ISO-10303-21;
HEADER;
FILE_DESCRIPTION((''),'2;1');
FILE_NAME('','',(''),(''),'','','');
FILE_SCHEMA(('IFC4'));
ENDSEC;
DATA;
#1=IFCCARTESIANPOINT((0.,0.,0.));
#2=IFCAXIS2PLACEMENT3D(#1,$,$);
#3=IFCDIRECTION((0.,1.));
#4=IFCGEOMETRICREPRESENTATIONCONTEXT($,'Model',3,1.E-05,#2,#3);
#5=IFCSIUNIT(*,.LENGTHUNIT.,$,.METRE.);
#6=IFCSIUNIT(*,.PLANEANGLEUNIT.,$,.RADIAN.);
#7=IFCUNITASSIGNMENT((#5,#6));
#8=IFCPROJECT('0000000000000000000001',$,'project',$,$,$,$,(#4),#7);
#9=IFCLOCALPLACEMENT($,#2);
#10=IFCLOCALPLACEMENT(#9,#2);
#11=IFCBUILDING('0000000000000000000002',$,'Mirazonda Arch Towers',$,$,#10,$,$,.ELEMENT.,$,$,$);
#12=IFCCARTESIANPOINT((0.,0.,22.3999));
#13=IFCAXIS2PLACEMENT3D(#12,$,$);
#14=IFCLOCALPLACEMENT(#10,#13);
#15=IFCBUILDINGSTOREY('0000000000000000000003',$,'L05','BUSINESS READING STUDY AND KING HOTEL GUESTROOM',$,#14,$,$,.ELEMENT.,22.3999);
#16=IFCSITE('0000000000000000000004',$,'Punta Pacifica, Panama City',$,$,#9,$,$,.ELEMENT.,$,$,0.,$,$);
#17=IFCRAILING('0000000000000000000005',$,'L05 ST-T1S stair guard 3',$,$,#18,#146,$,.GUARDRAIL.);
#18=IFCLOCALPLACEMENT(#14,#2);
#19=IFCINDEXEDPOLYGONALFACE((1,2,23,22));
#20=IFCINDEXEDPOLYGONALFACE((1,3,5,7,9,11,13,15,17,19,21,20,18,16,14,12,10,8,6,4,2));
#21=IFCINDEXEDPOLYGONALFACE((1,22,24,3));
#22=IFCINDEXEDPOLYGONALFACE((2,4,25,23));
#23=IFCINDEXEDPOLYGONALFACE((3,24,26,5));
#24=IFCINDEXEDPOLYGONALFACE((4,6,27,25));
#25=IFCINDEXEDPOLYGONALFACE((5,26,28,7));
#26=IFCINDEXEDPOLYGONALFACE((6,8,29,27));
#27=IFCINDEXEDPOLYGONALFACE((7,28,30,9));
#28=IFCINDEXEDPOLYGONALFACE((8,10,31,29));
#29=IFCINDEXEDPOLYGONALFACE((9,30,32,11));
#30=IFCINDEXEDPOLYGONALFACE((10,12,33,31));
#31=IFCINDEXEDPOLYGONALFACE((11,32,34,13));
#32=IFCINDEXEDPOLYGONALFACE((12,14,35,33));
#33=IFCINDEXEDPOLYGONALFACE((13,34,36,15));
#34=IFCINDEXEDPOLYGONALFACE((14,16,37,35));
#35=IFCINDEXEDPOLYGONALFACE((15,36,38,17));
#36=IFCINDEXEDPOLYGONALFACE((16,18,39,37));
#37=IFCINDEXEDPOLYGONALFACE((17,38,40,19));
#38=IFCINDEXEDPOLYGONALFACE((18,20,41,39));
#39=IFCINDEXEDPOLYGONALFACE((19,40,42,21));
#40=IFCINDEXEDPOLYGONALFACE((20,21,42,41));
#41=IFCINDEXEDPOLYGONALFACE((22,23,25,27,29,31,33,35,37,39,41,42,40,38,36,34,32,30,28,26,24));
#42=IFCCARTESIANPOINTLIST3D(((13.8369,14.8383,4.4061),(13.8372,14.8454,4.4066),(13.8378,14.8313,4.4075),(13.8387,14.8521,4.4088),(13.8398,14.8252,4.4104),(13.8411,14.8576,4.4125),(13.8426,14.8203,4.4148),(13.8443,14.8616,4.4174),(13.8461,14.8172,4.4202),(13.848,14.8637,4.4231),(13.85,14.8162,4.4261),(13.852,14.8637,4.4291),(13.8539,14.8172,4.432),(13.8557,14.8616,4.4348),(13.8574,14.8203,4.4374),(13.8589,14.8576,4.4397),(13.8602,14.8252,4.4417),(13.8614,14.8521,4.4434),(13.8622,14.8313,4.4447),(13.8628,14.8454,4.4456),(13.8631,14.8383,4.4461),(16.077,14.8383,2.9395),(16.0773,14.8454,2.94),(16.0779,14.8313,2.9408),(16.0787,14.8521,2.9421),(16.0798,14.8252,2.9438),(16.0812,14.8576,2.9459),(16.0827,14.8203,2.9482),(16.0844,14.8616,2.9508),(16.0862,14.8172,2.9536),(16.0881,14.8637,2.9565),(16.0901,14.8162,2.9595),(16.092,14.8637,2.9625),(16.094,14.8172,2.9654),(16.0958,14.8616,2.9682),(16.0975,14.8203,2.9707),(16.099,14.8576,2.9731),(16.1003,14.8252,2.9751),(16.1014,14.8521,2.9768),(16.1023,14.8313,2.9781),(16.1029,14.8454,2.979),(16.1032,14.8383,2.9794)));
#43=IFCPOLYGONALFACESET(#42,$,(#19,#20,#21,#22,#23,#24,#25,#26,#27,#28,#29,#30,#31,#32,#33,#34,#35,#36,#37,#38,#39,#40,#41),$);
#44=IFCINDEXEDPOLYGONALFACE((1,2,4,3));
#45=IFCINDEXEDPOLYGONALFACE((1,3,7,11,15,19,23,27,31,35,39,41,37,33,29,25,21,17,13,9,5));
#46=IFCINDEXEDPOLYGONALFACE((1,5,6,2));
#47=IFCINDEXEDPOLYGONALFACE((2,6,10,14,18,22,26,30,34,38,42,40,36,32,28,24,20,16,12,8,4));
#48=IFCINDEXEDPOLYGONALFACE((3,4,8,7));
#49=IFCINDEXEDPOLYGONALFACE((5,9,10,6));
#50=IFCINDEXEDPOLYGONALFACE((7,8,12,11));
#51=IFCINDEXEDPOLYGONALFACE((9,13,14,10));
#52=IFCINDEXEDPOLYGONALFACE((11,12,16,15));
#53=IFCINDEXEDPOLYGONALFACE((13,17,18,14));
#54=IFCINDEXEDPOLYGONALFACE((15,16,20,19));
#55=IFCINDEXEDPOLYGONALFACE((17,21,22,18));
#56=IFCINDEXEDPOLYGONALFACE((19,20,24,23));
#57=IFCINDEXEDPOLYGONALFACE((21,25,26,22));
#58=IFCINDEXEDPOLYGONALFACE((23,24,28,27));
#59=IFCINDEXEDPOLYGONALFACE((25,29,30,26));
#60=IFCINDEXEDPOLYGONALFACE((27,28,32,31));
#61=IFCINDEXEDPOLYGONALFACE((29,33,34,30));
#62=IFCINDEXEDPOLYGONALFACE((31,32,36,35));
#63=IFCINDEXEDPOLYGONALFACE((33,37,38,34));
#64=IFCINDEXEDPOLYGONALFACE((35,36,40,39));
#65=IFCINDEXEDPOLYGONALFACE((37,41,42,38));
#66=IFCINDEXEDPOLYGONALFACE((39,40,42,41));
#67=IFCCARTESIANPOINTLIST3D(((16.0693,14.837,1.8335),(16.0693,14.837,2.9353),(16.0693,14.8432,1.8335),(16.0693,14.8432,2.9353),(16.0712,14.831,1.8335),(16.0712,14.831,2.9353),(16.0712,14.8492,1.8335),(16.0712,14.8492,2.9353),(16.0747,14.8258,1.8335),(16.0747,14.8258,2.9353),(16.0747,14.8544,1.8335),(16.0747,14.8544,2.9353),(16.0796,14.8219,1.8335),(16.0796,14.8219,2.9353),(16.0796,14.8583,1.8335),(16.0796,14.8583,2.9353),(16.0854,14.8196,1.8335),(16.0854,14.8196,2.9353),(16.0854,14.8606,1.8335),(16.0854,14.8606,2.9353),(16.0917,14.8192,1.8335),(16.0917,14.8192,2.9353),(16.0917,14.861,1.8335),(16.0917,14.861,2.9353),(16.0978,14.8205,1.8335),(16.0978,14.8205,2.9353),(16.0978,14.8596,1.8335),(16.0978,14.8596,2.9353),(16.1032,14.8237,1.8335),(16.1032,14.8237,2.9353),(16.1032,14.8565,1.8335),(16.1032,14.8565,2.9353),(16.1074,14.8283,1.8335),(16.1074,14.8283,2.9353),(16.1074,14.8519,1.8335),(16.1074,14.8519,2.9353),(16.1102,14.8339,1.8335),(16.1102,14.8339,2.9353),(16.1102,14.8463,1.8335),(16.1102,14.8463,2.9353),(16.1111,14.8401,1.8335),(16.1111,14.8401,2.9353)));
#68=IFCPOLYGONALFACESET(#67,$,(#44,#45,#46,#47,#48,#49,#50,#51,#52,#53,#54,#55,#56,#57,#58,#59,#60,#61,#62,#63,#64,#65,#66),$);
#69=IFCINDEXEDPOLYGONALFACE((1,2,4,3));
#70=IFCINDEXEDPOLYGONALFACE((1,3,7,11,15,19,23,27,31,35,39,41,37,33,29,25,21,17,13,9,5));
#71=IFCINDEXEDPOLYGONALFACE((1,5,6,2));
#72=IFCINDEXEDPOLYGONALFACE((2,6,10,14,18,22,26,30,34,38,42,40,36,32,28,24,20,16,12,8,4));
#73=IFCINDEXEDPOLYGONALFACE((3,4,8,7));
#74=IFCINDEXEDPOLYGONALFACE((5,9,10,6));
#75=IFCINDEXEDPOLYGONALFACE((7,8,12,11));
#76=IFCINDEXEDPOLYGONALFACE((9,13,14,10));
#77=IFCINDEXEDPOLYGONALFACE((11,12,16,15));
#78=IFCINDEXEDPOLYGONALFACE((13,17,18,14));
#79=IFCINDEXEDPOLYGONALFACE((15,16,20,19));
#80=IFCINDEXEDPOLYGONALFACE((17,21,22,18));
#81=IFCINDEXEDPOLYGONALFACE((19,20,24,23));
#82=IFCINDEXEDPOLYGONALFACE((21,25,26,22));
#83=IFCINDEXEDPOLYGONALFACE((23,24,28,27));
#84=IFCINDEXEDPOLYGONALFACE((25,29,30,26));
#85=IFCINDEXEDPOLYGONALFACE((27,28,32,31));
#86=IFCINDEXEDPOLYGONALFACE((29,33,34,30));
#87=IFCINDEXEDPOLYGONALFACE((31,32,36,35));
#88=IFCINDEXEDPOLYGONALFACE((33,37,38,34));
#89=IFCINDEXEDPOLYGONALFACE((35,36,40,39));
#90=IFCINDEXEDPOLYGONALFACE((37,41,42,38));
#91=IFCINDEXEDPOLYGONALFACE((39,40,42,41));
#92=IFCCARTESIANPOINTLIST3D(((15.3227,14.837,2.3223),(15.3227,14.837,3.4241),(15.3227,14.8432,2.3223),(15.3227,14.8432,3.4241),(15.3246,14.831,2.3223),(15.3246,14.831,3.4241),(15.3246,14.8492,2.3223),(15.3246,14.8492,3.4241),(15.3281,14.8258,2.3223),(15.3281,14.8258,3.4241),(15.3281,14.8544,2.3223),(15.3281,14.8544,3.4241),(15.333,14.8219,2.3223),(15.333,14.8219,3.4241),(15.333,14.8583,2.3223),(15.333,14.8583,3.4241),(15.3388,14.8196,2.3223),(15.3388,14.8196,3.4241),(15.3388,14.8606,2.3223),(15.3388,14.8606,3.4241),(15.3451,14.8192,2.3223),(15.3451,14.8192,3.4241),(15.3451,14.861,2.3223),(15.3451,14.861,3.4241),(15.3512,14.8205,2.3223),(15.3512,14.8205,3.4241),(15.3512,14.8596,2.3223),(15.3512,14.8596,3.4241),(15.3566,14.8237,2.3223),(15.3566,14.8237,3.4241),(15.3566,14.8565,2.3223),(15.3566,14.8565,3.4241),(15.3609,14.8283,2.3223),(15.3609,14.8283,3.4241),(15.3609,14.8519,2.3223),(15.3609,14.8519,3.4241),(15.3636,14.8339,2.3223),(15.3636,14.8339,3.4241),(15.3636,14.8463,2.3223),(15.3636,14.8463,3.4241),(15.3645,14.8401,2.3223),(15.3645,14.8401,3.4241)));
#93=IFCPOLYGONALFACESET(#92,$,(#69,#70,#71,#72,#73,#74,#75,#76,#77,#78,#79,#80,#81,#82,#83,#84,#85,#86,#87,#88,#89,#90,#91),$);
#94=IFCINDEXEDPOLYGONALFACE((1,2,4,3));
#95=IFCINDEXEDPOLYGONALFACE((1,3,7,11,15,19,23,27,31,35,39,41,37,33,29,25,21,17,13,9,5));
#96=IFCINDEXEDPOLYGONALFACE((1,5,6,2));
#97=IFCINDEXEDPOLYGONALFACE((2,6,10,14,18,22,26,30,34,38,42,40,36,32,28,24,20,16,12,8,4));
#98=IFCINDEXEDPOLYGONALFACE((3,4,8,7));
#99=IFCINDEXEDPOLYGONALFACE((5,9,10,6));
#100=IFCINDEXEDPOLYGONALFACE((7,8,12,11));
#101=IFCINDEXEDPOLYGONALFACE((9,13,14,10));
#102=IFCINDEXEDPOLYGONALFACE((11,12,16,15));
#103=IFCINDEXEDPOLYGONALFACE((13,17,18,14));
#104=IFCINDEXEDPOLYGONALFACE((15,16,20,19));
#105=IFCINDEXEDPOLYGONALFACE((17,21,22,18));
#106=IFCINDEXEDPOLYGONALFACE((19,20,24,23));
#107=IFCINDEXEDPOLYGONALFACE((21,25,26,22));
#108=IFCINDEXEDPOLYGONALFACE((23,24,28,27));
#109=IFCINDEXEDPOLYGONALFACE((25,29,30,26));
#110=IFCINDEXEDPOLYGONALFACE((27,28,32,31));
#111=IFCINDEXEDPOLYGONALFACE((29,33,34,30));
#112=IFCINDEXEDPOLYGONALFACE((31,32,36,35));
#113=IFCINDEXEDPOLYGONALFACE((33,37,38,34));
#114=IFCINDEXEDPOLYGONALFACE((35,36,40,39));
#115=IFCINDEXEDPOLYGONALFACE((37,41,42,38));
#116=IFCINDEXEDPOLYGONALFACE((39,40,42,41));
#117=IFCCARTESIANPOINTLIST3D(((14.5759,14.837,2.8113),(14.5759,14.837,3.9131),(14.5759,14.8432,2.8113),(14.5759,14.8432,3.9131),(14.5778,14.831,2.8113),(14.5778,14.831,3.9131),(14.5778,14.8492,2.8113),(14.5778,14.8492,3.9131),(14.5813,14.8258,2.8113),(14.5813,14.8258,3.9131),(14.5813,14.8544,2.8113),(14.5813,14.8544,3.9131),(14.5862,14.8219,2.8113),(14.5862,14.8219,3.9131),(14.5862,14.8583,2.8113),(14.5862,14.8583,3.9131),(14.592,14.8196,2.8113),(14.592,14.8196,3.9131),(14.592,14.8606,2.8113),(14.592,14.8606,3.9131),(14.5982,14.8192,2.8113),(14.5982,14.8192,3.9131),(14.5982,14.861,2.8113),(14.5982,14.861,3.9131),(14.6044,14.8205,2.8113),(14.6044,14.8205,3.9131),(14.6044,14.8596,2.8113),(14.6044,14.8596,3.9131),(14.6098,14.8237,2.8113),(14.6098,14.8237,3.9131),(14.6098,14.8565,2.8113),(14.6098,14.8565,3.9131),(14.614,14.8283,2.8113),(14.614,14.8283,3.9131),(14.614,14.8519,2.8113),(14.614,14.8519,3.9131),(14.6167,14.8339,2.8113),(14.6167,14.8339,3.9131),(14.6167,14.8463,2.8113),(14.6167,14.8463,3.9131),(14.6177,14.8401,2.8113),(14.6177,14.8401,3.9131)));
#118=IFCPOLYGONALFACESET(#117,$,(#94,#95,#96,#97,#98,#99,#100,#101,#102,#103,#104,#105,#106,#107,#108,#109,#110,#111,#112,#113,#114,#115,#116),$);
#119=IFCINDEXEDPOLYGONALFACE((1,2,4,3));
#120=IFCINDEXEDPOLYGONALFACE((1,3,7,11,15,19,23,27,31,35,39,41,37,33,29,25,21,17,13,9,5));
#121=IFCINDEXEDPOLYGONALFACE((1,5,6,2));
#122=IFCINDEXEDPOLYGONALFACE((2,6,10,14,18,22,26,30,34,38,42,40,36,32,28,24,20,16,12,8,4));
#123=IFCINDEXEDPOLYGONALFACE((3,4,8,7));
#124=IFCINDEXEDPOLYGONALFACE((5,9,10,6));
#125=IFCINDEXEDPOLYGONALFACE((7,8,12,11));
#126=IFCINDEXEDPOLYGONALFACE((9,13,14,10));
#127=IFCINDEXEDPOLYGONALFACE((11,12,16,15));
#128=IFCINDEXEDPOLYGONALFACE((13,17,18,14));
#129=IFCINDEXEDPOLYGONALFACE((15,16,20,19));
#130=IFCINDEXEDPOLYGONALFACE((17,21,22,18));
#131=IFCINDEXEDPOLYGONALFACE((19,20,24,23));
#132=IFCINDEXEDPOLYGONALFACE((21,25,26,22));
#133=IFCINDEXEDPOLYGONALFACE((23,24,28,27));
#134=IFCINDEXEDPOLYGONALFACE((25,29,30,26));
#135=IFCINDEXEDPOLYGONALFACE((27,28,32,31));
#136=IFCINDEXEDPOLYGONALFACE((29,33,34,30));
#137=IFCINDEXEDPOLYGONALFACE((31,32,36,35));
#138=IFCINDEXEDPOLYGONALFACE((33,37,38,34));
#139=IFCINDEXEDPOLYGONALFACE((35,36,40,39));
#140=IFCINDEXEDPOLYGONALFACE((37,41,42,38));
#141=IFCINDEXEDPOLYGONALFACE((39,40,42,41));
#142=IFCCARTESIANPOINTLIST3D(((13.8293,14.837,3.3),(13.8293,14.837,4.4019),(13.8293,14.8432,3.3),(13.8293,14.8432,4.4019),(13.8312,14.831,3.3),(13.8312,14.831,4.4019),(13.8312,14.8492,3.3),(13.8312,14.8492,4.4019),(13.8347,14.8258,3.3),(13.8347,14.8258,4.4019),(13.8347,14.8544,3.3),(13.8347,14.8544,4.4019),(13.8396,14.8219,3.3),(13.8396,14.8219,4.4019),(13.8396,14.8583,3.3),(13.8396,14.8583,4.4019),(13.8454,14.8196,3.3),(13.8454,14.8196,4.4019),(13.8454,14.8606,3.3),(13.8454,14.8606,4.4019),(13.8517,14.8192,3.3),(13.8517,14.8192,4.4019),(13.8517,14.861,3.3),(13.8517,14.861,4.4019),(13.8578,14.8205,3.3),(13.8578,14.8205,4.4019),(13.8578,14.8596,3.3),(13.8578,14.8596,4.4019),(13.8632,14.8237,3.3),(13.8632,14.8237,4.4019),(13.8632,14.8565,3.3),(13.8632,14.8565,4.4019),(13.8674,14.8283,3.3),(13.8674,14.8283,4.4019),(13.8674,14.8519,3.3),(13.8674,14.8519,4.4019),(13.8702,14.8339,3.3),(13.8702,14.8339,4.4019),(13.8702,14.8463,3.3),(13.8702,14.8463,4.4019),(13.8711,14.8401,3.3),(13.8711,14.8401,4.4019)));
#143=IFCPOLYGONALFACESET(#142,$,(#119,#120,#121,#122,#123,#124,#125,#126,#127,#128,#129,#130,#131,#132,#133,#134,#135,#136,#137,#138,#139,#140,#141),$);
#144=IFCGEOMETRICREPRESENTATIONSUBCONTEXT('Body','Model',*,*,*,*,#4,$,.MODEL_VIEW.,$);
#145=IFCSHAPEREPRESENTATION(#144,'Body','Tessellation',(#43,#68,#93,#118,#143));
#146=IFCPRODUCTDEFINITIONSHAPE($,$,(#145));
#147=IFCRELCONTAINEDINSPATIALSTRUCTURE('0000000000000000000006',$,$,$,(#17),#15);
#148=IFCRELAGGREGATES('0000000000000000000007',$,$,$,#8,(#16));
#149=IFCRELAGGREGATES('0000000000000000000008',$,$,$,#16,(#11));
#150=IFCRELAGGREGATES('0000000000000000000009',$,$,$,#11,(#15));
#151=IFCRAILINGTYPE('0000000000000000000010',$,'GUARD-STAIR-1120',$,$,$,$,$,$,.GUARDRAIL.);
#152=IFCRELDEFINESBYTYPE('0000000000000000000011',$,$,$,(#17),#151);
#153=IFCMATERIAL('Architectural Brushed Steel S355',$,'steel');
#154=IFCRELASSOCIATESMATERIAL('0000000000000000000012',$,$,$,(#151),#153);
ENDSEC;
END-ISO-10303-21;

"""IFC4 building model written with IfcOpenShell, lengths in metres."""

from ifc_helpers import new_model, si_unit, direction, frame, origin, origin_2d, place, context, subcontext, project, spatial, circle, extrude, material, type_object, element, save


model = new_model("IFC4")

# Units and contexts
model_context = context("Model", 3, precision=1e-05, world=origin(), true_north=direction((0.0, 1.0)))
body_context = subcontext(model_context, "Body", "Model", "MODEL_VIEW")
ifc_project = project(units=[si_unit("LENGTHUNIT", "METRE"), si_unit("PLANEANGLEUNIT", "RADIAN")], contexts=[model_context])

# Site, building, storey
site_placement = place(None, origin())
site = spatial("IfcSite", under=ifc_project, at=site_placement, Name="Punta Pacifica, Panama City", CompositionType="ELEMENT", RefElevation=0.0)
building_placement = place(site_placement, origin())
building = spatial("IfcBuilding", under=site, at=building_placement, Name="Mirazonda Arch Towers", CompositionType="ELEMENT")
storey_placement = place(building_placement, frame((0.0, 0.0, 22.3999)))
storey = spatial("IfcBuildingStorey", under=building, at=storey_placement, Name="L05", Description="BUSINESS READING STUDY AND KING HOTEL GUESTROOM", CompositionType="ELEMENT", Elevation=22.3999)

# Shared definitions
ifc_material_1 = material(Name="Architectural Brushed Steel S355", Category="steel")

# Railing
railing_type_1 = type_object("IfcRailingType", Name="GUARD-STAIR-1120", PredefinedType="GUARDRAIL", material=ifc_material_1)
railing_1_placement = place(storey_placement, frame((16.0901, 14.8401, 1.8335)))
element("IfcRailing", 1, at=railing_1_placement, inside=storey, type_object=railing_type_1, Name="L05 ST-T1S stair guard 3", PredefinedType="GUARDRAIL", context=body_context, shape_type="SweptSolid", body=[
    extrude(circle(Radius=0.0239, at=origin_2d()), frame((0.0, 0.0, 1.126), z_axis=(-0.836637, 0.0, 0.547758), x_axis=(0.0, -1.0, 0.0)), (0.0, 0.0, 1.0), 2.6775),
    extrude(circle(Radius=0.021, at=origin_2d()), origin(), (0.0, 0.0, 1.0), 1.1018),
    extrude(circle(Radius=0.021, at=origin_2d()), frame((-0.7466, 0.0, 0.4888)), (0.0, 0.0, 1.0), 1.1018),
    extrude(circle(Radius=0.021, at=origin_2d()), frame((-1.4934, 0.0, 0.9778)), (0.0, 0.0, 1.0), 1.1018),
    extrude(circle(Radius=0.021, at=origin_2d()), frame((-2.24, 0.0, 1.4666)), (0.0, 0.0, 1.0), 1.1018),
])

save(model, "model.ifc")
